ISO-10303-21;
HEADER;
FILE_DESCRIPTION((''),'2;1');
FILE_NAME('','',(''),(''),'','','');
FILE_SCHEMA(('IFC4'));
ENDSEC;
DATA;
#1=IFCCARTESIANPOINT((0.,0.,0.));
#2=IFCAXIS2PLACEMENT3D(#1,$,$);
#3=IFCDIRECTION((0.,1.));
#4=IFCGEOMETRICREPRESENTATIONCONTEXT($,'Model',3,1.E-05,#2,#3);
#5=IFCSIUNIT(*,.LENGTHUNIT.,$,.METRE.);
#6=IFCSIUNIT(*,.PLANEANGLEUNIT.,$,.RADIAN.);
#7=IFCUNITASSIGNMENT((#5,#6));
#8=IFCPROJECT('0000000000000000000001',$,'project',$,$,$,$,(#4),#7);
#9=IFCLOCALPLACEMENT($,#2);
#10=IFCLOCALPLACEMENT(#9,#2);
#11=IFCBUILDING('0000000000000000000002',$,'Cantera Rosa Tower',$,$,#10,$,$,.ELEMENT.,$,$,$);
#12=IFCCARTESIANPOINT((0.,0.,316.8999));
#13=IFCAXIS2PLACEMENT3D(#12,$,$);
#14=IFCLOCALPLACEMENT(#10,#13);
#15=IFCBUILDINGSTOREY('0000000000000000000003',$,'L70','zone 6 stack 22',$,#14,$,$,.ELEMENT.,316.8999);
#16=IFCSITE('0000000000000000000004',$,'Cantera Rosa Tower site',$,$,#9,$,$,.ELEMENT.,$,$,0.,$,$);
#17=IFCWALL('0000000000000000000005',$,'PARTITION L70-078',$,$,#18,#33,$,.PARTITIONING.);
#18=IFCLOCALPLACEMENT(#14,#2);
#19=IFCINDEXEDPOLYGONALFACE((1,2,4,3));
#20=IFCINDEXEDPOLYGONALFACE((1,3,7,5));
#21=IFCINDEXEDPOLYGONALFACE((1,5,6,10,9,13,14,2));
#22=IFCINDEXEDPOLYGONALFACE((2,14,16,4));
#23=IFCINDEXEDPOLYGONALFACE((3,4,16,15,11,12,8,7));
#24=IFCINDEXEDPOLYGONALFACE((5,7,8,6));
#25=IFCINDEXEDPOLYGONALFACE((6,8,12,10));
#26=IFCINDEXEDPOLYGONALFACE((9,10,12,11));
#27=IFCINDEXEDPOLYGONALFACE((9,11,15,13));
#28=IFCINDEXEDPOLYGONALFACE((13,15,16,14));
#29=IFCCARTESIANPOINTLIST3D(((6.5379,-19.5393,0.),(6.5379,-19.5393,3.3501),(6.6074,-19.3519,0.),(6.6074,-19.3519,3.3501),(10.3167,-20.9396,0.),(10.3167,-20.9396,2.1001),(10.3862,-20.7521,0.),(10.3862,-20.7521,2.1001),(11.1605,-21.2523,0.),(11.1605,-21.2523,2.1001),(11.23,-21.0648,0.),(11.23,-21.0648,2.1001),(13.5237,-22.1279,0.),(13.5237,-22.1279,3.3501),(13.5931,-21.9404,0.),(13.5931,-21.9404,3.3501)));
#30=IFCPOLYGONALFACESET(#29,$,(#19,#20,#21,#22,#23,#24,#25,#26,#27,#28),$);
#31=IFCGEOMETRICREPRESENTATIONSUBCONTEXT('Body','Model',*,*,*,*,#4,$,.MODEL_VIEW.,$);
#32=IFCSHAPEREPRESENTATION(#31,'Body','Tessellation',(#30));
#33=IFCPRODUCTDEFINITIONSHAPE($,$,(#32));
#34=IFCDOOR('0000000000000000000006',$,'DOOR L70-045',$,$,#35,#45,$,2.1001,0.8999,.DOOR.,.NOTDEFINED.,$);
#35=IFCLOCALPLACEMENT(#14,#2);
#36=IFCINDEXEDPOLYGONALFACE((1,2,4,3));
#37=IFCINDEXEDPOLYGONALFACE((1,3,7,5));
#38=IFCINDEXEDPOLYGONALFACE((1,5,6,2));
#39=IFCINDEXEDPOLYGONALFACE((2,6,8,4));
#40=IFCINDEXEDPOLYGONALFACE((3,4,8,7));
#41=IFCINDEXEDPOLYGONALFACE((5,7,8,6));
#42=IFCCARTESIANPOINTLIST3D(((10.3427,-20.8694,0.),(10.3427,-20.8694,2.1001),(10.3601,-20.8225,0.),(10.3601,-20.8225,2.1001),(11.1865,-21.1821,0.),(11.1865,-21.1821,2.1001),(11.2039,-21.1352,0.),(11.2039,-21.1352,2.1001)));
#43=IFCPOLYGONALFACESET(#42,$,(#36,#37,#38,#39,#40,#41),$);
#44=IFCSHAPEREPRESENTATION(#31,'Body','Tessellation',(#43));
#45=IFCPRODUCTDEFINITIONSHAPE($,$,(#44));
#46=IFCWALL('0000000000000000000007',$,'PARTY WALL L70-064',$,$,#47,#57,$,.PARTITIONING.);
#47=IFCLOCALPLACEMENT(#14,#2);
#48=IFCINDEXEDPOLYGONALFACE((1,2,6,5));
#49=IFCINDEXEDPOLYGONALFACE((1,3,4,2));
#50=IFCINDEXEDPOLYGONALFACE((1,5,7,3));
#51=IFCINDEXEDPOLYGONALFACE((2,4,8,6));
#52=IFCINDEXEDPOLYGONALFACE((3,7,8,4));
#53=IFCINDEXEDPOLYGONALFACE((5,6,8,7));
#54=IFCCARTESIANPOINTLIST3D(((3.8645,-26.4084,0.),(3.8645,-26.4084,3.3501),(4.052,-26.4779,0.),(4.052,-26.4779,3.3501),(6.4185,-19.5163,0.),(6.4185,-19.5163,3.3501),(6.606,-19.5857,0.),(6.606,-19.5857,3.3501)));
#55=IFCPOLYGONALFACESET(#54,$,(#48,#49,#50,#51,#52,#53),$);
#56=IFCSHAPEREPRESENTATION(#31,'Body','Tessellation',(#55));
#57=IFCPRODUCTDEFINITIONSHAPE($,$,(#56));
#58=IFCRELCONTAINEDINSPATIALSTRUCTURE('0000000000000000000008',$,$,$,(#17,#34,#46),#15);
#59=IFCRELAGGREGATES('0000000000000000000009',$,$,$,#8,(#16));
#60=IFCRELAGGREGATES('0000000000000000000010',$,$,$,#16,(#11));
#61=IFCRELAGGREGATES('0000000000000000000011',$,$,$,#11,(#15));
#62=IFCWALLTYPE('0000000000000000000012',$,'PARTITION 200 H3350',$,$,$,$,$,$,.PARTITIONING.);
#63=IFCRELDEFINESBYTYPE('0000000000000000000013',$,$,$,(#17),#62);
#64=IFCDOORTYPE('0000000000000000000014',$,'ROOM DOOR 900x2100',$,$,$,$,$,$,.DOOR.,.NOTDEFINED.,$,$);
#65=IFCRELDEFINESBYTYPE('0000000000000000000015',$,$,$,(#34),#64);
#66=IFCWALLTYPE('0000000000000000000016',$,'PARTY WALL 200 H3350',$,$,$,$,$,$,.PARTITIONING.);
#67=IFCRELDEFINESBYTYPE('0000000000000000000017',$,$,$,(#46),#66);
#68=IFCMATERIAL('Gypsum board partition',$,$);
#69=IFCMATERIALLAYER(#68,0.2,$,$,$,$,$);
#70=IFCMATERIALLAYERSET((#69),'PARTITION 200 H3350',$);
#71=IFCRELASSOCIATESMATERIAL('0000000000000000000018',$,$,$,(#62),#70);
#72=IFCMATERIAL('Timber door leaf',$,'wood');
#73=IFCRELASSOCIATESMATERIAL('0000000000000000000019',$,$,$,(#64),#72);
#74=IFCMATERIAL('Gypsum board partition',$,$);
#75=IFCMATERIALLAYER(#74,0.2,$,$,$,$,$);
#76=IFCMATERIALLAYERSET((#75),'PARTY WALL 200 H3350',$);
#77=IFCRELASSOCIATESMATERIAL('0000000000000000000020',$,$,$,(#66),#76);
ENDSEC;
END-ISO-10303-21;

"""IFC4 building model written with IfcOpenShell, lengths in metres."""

from ifc_helpers import new_model, si_unit, direction, frame, frame_2d, origin, place, context, subcontext, project, spatial, rectangle, extrude, material, layer, layer_set, type_object, element, fill, save


model = new_model("IFC4")

# Units and contexts
model_context = context("Model", 3, precision=1e-05, world=origin(), true_north=direction((0.0, 1.0)))
body_context = subcontext(model_context, "Body", "Model", "MODEL_VIEW")
ifc_project = project(units=[si_unit("LENGTHUNIT", "METRE"), si_unit("PLANEANGLEUNIT", "RADIAN")], contexts=[model_context])

# Site, building, storey
site_placement = place(None, origin())
site = spatial("IfcSite", under=ifc_project, at=site_placement, Name="Cantera Rosa Tower site", CompositionType="ELEMENT", RefElevation=0.0)
building_placement = place(site_placement, origin())
building = spatial("IfcBuilding", under=site, at=building_placement, Name="Cantera Rosa Tower", CompositionType="ELEMENT")
storey_placement = place(building_placement, frame((0.0, 0.0, 316.8999)))
storey = spatial("IfcBuildingStorey", under=building, at=storey_placement, Name="L70", Description="zone 6 stack 22", CompositionType="ELEMENT", Elevation=316.8999)

# Shared definitions
ifc_material_1 = material(Name="Gypsum board partition")
ifc_layer_1 = layer(ifc_material_1, 0.2)
ifc_layer_set_1 = layer_set([ifc_layer_1], Name="PARTITION 200 H3350")
wall_type_1 = type_object("IfcWallType", Name="PARTITION 200 H3350", PredefinedType="PARTITIONING", material=ifc_layer_set_1)

# Wall, opening, door
wall_1_placement = place(storey_placement, frame((6.5725, -19.4456, 0.0), z_axis=(0.0, 0.0, 1.0), x_axis=(0.937693, -0.347465, 0.0)))
wall_1 = element("IfcWall", 1, at=wall_1_placement, inside=storey, type_object=wall_type_1, Name="PARTITION L70-078", PredefinedType="PARTITIONING", context=body_context, shape_type="SweptSolid", body=[
    extrude(rectangle(XDim=7.45, YDim=0.2, at=frame_2d((3.7251, 0.0))), origin(), (0.0, 0.0, 1.0), 3.3501),
])
opening_1_placement = place(wall_1_placement, frame((4.03, 0.0, 0.0)))
opening_1 = element("IfcOpeningElement", 2, at=opening_1_placement, cuts=wall_1, PredefinedType="OPENING", context=body_context, shape_type="SweptSolid", body=[
    extrude(rectangle(XDim=0.8999, YDim=2.1001, at=frame_2d((0.45, 1.05))), frame((0.0, 0.1099, 0.0), z_axis=(0.0, -1.0, 0.0), x_axis=(1.0, 0.0, 0.0)), (0.0, 0.0, 1.0), 0.22),
])
ifc_material_2 = material(Name="Timber door leaf", Category="wood")
door_type_1 = type_object("IfcDoorType", Name="ROOM DOOR 900x2100", OperationType="NOTDEFINED", PredefinedType="DOOR", material=ifc_material_2)
door_1_placement = place(opening_1_placement, origin())
door_1 = element("IfcDoor", 3, at=door_1_placement, inside=storey, type_object=door_type_1, Name="DOOR L70-045", OperationType="NOTDEFINED", OverallHeight=2.1001, OverallWidth=0.8999, PredefinedType="DOOR", context=body_context, shape_type="SweptSolid", body=[
    extrude(rectangle(XDim=0.8999, YDim=2.1001, at=frame_2d((0.45, 1.05))), frame((0.0, 0.0249, 0.0), z_axis=(0.0, -1.0, 0.0), x_axis=(1.0, 0.0, 0.0)), (0.0, 0.0, 1.0), 0.05),
])
fill(opening_1, door_1)

# Wall
ifc_material_3 = material(Name="Gypsum board partition")
ifc_layer_2 = layer(ifc_material_3, 0.2)
ifc_layer_set_2 = layer_set([ifc_layer_2], Name="PARTY WALL 200 H3350")
wall_type_2 = type_object("IfcWallType", Name="PARTY WALL 200 H3350", PredefinedType="PARTITIONING", material=ifc_layer_set_2)
wall_2_placement = place(storey_placement, frame((3.9583, -26.4431, 0.0), z_axis=(0.0, 0.0, 1.0), x_axis=(0.347473, 0.93769, 0.0)))
element("IfcWall", 4, at=wall_2_placement, inside=storey, type_object=wall_type_2, Name="PARTY WALL L70-064", PredefinedType="PARTITIONING", context=body_context, shape_type="SweptSolid", body=[
    extrude(rectangle(XDim=7.3501, YDim=0.2, at=frame_2d((3.675, 0.0))), origin(), (0.0, 0.0, 1.0), 3.3501),
])

save(model, "model.ifc")
